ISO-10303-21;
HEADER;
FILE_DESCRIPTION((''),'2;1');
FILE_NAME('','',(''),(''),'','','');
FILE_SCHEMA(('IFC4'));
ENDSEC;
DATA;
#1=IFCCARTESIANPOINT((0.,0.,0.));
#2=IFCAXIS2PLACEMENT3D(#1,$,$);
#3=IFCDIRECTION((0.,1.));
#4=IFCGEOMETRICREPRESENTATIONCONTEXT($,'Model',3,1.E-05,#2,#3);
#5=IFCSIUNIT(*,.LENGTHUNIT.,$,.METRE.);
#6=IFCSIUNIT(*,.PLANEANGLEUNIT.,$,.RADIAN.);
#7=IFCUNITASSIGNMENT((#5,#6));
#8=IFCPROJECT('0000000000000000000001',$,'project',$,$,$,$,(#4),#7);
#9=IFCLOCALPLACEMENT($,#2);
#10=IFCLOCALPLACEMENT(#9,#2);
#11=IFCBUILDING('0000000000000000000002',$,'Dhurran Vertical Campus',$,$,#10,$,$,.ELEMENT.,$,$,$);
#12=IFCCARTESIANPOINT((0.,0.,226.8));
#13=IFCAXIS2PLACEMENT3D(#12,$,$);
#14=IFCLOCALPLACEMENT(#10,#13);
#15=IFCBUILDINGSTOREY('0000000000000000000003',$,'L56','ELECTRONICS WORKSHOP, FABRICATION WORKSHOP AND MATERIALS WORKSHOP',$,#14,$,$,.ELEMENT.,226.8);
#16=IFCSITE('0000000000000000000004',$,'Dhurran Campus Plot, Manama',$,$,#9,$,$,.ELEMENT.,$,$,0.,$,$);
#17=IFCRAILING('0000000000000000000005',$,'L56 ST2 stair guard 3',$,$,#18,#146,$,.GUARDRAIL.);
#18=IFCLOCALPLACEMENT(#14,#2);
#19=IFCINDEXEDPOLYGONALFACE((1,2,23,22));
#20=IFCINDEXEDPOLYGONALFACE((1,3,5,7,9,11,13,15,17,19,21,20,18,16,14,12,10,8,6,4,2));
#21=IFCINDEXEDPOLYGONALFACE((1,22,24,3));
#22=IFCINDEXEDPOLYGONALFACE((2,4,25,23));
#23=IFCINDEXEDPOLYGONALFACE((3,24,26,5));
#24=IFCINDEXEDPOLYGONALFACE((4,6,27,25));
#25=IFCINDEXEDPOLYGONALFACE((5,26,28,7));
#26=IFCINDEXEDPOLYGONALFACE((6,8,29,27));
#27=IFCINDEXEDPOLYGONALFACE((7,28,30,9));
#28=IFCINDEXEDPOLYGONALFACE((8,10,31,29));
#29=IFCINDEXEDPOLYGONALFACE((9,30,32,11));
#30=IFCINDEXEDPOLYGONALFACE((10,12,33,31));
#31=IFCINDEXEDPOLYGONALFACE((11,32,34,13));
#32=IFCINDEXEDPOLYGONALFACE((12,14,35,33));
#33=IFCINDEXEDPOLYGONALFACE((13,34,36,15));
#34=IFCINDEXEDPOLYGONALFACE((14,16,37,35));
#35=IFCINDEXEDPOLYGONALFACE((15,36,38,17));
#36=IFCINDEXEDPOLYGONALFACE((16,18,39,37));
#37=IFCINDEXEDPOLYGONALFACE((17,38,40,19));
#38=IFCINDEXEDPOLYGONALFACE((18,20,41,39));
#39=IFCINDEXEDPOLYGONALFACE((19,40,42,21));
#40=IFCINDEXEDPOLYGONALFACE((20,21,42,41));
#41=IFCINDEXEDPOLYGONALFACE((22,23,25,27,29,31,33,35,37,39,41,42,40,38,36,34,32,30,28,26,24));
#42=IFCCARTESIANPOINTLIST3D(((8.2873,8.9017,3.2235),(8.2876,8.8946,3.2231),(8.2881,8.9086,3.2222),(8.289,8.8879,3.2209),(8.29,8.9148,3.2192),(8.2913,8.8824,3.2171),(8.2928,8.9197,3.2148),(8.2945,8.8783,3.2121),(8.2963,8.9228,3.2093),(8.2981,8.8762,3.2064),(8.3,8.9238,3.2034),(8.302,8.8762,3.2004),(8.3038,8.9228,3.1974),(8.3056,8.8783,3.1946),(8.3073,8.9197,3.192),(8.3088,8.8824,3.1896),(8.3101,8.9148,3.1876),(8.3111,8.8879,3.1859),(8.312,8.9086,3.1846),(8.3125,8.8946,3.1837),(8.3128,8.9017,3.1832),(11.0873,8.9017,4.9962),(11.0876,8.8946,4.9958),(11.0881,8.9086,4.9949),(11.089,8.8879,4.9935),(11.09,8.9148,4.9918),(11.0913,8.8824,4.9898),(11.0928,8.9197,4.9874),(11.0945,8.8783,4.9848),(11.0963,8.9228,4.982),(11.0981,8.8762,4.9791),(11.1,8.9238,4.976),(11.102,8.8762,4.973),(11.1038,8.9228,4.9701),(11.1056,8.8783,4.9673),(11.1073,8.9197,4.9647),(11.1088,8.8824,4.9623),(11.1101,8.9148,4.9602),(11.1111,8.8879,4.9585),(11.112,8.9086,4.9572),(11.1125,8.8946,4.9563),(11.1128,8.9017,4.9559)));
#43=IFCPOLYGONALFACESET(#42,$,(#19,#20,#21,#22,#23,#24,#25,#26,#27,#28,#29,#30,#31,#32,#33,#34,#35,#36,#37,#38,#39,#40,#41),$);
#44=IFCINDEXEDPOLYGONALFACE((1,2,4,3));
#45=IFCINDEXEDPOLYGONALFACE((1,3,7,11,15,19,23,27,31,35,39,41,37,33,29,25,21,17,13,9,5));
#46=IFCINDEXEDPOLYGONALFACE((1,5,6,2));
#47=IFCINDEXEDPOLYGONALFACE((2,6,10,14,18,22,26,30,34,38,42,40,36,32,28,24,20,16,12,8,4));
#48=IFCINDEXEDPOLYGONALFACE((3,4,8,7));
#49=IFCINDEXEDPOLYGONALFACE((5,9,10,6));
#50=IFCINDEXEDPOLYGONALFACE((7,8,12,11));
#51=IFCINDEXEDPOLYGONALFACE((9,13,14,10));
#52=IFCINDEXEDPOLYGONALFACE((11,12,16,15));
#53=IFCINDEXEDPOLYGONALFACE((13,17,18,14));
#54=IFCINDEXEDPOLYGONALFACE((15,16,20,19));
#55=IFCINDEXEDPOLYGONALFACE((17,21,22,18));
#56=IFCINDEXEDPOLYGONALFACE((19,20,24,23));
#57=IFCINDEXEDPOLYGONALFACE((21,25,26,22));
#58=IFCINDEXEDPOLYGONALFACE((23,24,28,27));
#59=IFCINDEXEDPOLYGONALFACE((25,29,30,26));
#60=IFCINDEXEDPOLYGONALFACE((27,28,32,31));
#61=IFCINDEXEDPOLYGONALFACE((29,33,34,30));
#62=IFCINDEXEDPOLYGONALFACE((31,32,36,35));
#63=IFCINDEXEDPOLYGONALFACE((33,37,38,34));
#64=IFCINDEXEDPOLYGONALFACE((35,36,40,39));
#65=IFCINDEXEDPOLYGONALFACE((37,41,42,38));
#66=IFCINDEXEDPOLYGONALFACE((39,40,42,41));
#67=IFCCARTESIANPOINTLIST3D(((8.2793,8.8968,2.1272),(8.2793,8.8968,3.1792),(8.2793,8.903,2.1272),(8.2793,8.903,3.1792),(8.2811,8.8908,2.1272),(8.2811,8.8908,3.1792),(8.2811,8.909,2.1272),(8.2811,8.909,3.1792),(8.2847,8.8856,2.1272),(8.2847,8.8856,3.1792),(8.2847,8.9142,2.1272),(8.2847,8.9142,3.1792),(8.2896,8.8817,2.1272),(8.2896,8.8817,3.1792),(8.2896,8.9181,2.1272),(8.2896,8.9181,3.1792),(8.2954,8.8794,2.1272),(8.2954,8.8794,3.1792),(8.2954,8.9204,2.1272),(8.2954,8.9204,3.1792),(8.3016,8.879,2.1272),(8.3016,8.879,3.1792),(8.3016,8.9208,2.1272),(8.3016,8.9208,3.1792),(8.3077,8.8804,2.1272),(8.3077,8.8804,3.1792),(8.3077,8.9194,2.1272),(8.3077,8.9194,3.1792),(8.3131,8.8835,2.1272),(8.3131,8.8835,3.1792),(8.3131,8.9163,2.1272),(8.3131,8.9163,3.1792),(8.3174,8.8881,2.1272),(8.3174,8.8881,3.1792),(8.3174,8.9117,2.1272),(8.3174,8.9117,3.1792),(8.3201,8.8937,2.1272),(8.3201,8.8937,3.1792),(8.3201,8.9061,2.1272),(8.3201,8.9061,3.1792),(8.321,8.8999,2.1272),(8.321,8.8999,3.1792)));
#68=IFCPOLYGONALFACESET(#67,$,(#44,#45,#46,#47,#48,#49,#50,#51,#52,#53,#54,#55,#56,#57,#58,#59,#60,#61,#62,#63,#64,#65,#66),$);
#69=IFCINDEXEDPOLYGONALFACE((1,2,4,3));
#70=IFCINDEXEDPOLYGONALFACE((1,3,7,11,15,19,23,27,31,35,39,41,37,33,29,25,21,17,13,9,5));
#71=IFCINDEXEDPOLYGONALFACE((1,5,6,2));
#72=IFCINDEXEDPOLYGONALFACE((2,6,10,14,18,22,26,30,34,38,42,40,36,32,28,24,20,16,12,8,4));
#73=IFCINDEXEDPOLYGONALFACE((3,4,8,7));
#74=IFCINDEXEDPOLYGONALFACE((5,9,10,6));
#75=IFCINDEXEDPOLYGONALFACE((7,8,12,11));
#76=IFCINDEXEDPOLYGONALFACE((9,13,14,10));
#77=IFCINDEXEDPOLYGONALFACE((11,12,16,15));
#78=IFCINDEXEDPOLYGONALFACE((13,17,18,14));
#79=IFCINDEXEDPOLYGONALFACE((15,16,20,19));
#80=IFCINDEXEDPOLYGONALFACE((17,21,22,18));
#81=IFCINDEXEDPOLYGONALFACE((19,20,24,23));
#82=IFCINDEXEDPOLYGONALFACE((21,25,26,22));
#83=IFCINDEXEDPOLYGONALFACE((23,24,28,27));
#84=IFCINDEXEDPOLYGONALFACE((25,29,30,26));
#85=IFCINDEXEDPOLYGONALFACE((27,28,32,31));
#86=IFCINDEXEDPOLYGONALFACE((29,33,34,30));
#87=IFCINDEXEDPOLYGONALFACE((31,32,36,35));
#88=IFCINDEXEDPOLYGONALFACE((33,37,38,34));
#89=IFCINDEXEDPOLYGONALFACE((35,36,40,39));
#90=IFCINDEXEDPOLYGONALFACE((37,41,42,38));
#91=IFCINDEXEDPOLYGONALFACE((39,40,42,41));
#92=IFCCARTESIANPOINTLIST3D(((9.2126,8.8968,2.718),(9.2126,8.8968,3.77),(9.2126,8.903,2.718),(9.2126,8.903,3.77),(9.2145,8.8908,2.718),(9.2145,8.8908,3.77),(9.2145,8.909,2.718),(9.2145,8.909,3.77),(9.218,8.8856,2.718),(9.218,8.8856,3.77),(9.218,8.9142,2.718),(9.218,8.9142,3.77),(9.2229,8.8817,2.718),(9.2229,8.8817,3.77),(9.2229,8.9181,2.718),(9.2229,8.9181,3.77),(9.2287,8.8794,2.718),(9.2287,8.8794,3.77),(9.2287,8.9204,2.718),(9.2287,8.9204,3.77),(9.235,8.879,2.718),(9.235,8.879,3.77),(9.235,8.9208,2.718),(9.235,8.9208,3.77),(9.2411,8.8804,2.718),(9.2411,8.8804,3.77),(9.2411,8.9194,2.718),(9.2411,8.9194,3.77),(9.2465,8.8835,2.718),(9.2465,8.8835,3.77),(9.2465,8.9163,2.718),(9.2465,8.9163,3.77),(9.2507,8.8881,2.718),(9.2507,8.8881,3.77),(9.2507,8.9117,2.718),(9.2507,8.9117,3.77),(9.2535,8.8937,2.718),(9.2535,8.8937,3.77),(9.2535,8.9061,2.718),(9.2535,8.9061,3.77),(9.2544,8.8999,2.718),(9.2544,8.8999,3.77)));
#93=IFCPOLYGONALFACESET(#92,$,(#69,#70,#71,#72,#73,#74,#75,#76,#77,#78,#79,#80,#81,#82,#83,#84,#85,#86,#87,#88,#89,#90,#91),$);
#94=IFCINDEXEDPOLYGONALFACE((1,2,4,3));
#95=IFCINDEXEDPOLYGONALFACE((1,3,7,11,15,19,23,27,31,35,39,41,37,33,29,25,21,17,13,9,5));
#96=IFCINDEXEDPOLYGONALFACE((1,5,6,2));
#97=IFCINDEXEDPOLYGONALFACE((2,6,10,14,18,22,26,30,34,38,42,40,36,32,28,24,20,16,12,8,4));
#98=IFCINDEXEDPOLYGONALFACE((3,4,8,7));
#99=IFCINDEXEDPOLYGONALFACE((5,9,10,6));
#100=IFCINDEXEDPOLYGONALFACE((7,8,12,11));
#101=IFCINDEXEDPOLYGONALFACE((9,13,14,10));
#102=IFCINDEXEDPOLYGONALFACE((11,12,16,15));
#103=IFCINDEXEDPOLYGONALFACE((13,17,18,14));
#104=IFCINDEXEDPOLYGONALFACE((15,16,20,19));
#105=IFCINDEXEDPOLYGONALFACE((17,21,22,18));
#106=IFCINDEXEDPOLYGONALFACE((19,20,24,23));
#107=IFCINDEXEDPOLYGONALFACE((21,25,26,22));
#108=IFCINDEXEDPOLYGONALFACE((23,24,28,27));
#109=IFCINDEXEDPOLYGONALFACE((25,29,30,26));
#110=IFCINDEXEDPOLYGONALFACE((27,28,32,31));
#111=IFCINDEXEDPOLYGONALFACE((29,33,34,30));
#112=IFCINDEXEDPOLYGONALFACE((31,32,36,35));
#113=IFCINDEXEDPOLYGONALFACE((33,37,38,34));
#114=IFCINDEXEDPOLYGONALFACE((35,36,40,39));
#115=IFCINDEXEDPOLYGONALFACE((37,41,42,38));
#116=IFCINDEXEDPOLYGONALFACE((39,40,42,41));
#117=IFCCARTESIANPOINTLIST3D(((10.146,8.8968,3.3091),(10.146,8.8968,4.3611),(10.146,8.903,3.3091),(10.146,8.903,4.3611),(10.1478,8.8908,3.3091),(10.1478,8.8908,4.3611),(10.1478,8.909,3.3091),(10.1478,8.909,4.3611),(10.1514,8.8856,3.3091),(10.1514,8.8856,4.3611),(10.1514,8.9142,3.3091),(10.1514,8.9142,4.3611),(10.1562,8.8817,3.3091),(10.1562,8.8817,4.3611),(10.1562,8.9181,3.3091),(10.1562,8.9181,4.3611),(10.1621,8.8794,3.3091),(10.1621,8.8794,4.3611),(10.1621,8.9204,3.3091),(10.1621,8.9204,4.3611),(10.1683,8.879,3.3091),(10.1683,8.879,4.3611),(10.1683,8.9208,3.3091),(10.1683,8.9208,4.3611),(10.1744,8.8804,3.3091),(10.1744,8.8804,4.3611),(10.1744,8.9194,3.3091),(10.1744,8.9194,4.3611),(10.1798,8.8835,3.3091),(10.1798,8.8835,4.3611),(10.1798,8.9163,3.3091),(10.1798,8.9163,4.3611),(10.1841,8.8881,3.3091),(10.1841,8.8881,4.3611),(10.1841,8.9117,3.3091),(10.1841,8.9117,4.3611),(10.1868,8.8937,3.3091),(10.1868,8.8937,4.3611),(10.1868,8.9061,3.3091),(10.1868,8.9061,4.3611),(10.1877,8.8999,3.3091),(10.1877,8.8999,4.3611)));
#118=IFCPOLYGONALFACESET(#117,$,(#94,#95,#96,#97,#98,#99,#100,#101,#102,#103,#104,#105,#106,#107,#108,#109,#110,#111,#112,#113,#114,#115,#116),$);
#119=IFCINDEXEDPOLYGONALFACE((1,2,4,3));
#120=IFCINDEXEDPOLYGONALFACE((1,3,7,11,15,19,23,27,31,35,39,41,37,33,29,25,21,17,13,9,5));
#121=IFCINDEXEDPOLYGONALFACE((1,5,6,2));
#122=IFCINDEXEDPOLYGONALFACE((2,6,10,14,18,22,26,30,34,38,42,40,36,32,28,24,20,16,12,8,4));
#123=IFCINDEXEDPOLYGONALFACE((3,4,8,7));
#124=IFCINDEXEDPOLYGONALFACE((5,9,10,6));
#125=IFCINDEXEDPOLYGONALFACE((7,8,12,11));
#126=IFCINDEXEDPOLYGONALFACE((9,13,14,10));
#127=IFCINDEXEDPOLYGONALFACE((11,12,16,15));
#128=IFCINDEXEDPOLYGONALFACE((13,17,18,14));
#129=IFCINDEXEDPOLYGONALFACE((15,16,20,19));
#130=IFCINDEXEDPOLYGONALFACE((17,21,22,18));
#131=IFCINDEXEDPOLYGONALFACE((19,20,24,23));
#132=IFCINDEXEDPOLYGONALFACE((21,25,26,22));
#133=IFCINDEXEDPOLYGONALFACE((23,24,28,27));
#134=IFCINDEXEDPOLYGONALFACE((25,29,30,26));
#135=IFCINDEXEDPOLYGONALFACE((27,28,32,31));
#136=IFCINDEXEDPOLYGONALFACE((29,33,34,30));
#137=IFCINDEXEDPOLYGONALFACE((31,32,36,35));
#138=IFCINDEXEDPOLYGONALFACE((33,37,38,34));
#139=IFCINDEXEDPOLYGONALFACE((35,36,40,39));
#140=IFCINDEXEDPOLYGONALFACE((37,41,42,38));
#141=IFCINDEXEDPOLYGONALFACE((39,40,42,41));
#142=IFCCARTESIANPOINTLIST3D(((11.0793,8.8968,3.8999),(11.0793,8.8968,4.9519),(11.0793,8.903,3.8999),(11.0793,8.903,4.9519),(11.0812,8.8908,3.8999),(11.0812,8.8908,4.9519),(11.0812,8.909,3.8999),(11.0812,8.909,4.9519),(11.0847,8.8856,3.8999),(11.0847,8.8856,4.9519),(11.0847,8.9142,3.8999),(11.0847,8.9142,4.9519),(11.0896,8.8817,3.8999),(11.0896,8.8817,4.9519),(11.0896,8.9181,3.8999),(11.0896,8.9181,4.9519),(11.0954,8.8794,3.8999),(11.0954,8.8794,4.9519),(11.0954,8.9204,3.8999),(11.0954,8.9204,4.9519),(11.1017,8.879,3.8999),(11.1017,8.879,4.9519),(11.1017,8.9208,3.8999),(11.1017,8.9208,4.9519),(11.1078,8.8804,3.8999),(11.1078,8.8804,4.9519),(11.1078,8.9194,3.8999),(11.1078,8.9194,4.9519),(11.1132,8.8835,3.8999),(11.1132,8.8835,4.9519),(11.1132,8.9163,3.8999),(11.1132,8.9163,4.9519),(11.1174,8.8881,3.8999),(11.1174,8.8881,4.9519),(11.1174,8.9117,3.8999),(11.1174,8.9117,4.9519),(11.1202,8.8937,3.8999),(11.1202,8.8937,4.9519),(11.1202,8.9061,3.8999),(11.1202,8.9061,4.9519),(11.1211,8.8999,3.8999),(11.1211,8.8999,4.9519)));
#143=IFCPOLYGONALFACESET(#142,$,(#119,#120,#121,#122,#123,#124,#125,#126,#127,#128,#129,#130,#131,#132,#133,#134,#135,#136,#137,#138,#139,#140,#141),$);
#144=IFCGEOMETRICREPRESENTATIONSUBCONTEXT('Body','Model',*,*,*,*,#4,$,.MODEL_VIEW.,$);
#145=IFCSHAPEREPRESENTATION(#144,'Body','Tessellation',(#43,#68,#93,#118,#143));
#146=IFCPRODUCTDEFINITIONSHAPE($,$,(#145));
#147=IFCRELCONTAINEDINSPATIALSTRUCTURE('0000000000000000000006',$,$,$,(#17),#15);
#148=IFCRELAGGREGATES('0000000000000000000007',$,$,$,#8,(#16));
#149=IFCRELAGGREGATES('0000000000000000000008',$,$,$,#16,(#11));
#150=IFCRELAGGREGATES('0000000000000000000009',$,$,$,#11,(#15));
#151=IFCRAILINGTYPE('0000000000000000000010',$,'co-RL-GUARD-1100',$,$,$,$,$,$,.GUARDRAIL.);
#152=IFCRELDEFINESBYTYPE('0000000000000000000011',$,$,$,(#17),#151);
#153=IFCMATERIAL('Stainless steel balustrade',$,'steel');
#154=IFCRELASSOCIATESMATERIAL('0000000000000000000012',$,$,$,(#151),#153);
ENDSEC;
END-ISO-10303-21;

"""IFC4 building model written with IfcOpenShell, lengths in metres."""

from ifc_helpers import new_model, si_unit, direction, frame, origin, origin_2d, place, context, subcontext, project, spatial, circle, extrude, material, type_object, element, save


model = new_model("IFC4")

# Units and contexts
model_context = context("Model", 3, precision=1e-05, world=origin(), true_north=direction((0.0, 1.0)))
body_context = subcontext(model_context, "Body", "Model", "MODEL_VIEW")
ifc_project = project(units=[si_unit("LENGTHUNIT", "METRE"), si_unit("PLANEANGLEUNIT", "RADIAN")], contexts=[model_context])

# Site, building, storey
site_placement = place(None, origin())
site = spatial("IfcSite", under=ifc_project, at=site_placement, Name="Dhurran Campus Plot, Manama", CompositionType="ELEMENT", RefElevation=0.0)
building_placement = place(site_placement, origin())
building = spatial("IfcBuilding", under=site, at=building_placement, Name="Dhurran Vertical Campus", CompositionType="ELEMENT")
storey_placement = place(building_placement, frame((0.0, 0.0, 226.8)))
storey = spatial("IfcBuildingStorey", under=building, at=storey_placement, Name="L56", Description="ELECTRONICS WORKSHOP, FABRICATION WORKSHOP AND MATERIALS WORKSHOP", CompositionType="ELEMENT", Elevation=226.8)

# Railing
ifc_material_1 = material(Name="Stainless steel balustrade", Category="steel")
railing_type_1 = type_object("IfcRailingType", Name="co-RL-GUARD-1100", PredefinedType="GUARDRAIL", material=ifc_material_1)
railing_1_placement = place(storey_placement, frame((8.3, 8.8999, 2.1272)))
element("IfcRailing", 1, at=railing_1_placement, inside=storey, type_object=railing_type_1, Name="L56 ST2 stair guard 3", PredefinedType="GUARDRAIL", context=body_context, shape_type="SweptSolid", body=[
    extrude(circle(Radius=0.0239, at=origin_2d()), frame((0.0, 0.0, 1.0762), z_axis=(0.844909, 0.0, 0.53491), x_axis=(0.0, 1.0, 0.0)), (0.0, 0.0, 1.0), 3.314),
    extrude(circle(Radius=0.021, at=origin_2d()), origin(), (0.0, 0.0, 1.0), 1.052),
    extrude(circle(Radius=0.021, at=origin_2d()), frame((0.9333, 0.0, 0.5908)), (0.0, 0.0, 1.0), 1.052),
    extrude(circle(Radius=0.021, at=origin_2d()), frame((1.8667, 0.0, 1.1819)), (0.0, 0.0, 1.0), 1.052),
    extrude(circle(Radius=0.021, at=origin_2d()), frame((2.8, 0.0, 1.7727)), (0.0, 0.0, 1.0), 1.052),
])

save(model, "model.ifc")
